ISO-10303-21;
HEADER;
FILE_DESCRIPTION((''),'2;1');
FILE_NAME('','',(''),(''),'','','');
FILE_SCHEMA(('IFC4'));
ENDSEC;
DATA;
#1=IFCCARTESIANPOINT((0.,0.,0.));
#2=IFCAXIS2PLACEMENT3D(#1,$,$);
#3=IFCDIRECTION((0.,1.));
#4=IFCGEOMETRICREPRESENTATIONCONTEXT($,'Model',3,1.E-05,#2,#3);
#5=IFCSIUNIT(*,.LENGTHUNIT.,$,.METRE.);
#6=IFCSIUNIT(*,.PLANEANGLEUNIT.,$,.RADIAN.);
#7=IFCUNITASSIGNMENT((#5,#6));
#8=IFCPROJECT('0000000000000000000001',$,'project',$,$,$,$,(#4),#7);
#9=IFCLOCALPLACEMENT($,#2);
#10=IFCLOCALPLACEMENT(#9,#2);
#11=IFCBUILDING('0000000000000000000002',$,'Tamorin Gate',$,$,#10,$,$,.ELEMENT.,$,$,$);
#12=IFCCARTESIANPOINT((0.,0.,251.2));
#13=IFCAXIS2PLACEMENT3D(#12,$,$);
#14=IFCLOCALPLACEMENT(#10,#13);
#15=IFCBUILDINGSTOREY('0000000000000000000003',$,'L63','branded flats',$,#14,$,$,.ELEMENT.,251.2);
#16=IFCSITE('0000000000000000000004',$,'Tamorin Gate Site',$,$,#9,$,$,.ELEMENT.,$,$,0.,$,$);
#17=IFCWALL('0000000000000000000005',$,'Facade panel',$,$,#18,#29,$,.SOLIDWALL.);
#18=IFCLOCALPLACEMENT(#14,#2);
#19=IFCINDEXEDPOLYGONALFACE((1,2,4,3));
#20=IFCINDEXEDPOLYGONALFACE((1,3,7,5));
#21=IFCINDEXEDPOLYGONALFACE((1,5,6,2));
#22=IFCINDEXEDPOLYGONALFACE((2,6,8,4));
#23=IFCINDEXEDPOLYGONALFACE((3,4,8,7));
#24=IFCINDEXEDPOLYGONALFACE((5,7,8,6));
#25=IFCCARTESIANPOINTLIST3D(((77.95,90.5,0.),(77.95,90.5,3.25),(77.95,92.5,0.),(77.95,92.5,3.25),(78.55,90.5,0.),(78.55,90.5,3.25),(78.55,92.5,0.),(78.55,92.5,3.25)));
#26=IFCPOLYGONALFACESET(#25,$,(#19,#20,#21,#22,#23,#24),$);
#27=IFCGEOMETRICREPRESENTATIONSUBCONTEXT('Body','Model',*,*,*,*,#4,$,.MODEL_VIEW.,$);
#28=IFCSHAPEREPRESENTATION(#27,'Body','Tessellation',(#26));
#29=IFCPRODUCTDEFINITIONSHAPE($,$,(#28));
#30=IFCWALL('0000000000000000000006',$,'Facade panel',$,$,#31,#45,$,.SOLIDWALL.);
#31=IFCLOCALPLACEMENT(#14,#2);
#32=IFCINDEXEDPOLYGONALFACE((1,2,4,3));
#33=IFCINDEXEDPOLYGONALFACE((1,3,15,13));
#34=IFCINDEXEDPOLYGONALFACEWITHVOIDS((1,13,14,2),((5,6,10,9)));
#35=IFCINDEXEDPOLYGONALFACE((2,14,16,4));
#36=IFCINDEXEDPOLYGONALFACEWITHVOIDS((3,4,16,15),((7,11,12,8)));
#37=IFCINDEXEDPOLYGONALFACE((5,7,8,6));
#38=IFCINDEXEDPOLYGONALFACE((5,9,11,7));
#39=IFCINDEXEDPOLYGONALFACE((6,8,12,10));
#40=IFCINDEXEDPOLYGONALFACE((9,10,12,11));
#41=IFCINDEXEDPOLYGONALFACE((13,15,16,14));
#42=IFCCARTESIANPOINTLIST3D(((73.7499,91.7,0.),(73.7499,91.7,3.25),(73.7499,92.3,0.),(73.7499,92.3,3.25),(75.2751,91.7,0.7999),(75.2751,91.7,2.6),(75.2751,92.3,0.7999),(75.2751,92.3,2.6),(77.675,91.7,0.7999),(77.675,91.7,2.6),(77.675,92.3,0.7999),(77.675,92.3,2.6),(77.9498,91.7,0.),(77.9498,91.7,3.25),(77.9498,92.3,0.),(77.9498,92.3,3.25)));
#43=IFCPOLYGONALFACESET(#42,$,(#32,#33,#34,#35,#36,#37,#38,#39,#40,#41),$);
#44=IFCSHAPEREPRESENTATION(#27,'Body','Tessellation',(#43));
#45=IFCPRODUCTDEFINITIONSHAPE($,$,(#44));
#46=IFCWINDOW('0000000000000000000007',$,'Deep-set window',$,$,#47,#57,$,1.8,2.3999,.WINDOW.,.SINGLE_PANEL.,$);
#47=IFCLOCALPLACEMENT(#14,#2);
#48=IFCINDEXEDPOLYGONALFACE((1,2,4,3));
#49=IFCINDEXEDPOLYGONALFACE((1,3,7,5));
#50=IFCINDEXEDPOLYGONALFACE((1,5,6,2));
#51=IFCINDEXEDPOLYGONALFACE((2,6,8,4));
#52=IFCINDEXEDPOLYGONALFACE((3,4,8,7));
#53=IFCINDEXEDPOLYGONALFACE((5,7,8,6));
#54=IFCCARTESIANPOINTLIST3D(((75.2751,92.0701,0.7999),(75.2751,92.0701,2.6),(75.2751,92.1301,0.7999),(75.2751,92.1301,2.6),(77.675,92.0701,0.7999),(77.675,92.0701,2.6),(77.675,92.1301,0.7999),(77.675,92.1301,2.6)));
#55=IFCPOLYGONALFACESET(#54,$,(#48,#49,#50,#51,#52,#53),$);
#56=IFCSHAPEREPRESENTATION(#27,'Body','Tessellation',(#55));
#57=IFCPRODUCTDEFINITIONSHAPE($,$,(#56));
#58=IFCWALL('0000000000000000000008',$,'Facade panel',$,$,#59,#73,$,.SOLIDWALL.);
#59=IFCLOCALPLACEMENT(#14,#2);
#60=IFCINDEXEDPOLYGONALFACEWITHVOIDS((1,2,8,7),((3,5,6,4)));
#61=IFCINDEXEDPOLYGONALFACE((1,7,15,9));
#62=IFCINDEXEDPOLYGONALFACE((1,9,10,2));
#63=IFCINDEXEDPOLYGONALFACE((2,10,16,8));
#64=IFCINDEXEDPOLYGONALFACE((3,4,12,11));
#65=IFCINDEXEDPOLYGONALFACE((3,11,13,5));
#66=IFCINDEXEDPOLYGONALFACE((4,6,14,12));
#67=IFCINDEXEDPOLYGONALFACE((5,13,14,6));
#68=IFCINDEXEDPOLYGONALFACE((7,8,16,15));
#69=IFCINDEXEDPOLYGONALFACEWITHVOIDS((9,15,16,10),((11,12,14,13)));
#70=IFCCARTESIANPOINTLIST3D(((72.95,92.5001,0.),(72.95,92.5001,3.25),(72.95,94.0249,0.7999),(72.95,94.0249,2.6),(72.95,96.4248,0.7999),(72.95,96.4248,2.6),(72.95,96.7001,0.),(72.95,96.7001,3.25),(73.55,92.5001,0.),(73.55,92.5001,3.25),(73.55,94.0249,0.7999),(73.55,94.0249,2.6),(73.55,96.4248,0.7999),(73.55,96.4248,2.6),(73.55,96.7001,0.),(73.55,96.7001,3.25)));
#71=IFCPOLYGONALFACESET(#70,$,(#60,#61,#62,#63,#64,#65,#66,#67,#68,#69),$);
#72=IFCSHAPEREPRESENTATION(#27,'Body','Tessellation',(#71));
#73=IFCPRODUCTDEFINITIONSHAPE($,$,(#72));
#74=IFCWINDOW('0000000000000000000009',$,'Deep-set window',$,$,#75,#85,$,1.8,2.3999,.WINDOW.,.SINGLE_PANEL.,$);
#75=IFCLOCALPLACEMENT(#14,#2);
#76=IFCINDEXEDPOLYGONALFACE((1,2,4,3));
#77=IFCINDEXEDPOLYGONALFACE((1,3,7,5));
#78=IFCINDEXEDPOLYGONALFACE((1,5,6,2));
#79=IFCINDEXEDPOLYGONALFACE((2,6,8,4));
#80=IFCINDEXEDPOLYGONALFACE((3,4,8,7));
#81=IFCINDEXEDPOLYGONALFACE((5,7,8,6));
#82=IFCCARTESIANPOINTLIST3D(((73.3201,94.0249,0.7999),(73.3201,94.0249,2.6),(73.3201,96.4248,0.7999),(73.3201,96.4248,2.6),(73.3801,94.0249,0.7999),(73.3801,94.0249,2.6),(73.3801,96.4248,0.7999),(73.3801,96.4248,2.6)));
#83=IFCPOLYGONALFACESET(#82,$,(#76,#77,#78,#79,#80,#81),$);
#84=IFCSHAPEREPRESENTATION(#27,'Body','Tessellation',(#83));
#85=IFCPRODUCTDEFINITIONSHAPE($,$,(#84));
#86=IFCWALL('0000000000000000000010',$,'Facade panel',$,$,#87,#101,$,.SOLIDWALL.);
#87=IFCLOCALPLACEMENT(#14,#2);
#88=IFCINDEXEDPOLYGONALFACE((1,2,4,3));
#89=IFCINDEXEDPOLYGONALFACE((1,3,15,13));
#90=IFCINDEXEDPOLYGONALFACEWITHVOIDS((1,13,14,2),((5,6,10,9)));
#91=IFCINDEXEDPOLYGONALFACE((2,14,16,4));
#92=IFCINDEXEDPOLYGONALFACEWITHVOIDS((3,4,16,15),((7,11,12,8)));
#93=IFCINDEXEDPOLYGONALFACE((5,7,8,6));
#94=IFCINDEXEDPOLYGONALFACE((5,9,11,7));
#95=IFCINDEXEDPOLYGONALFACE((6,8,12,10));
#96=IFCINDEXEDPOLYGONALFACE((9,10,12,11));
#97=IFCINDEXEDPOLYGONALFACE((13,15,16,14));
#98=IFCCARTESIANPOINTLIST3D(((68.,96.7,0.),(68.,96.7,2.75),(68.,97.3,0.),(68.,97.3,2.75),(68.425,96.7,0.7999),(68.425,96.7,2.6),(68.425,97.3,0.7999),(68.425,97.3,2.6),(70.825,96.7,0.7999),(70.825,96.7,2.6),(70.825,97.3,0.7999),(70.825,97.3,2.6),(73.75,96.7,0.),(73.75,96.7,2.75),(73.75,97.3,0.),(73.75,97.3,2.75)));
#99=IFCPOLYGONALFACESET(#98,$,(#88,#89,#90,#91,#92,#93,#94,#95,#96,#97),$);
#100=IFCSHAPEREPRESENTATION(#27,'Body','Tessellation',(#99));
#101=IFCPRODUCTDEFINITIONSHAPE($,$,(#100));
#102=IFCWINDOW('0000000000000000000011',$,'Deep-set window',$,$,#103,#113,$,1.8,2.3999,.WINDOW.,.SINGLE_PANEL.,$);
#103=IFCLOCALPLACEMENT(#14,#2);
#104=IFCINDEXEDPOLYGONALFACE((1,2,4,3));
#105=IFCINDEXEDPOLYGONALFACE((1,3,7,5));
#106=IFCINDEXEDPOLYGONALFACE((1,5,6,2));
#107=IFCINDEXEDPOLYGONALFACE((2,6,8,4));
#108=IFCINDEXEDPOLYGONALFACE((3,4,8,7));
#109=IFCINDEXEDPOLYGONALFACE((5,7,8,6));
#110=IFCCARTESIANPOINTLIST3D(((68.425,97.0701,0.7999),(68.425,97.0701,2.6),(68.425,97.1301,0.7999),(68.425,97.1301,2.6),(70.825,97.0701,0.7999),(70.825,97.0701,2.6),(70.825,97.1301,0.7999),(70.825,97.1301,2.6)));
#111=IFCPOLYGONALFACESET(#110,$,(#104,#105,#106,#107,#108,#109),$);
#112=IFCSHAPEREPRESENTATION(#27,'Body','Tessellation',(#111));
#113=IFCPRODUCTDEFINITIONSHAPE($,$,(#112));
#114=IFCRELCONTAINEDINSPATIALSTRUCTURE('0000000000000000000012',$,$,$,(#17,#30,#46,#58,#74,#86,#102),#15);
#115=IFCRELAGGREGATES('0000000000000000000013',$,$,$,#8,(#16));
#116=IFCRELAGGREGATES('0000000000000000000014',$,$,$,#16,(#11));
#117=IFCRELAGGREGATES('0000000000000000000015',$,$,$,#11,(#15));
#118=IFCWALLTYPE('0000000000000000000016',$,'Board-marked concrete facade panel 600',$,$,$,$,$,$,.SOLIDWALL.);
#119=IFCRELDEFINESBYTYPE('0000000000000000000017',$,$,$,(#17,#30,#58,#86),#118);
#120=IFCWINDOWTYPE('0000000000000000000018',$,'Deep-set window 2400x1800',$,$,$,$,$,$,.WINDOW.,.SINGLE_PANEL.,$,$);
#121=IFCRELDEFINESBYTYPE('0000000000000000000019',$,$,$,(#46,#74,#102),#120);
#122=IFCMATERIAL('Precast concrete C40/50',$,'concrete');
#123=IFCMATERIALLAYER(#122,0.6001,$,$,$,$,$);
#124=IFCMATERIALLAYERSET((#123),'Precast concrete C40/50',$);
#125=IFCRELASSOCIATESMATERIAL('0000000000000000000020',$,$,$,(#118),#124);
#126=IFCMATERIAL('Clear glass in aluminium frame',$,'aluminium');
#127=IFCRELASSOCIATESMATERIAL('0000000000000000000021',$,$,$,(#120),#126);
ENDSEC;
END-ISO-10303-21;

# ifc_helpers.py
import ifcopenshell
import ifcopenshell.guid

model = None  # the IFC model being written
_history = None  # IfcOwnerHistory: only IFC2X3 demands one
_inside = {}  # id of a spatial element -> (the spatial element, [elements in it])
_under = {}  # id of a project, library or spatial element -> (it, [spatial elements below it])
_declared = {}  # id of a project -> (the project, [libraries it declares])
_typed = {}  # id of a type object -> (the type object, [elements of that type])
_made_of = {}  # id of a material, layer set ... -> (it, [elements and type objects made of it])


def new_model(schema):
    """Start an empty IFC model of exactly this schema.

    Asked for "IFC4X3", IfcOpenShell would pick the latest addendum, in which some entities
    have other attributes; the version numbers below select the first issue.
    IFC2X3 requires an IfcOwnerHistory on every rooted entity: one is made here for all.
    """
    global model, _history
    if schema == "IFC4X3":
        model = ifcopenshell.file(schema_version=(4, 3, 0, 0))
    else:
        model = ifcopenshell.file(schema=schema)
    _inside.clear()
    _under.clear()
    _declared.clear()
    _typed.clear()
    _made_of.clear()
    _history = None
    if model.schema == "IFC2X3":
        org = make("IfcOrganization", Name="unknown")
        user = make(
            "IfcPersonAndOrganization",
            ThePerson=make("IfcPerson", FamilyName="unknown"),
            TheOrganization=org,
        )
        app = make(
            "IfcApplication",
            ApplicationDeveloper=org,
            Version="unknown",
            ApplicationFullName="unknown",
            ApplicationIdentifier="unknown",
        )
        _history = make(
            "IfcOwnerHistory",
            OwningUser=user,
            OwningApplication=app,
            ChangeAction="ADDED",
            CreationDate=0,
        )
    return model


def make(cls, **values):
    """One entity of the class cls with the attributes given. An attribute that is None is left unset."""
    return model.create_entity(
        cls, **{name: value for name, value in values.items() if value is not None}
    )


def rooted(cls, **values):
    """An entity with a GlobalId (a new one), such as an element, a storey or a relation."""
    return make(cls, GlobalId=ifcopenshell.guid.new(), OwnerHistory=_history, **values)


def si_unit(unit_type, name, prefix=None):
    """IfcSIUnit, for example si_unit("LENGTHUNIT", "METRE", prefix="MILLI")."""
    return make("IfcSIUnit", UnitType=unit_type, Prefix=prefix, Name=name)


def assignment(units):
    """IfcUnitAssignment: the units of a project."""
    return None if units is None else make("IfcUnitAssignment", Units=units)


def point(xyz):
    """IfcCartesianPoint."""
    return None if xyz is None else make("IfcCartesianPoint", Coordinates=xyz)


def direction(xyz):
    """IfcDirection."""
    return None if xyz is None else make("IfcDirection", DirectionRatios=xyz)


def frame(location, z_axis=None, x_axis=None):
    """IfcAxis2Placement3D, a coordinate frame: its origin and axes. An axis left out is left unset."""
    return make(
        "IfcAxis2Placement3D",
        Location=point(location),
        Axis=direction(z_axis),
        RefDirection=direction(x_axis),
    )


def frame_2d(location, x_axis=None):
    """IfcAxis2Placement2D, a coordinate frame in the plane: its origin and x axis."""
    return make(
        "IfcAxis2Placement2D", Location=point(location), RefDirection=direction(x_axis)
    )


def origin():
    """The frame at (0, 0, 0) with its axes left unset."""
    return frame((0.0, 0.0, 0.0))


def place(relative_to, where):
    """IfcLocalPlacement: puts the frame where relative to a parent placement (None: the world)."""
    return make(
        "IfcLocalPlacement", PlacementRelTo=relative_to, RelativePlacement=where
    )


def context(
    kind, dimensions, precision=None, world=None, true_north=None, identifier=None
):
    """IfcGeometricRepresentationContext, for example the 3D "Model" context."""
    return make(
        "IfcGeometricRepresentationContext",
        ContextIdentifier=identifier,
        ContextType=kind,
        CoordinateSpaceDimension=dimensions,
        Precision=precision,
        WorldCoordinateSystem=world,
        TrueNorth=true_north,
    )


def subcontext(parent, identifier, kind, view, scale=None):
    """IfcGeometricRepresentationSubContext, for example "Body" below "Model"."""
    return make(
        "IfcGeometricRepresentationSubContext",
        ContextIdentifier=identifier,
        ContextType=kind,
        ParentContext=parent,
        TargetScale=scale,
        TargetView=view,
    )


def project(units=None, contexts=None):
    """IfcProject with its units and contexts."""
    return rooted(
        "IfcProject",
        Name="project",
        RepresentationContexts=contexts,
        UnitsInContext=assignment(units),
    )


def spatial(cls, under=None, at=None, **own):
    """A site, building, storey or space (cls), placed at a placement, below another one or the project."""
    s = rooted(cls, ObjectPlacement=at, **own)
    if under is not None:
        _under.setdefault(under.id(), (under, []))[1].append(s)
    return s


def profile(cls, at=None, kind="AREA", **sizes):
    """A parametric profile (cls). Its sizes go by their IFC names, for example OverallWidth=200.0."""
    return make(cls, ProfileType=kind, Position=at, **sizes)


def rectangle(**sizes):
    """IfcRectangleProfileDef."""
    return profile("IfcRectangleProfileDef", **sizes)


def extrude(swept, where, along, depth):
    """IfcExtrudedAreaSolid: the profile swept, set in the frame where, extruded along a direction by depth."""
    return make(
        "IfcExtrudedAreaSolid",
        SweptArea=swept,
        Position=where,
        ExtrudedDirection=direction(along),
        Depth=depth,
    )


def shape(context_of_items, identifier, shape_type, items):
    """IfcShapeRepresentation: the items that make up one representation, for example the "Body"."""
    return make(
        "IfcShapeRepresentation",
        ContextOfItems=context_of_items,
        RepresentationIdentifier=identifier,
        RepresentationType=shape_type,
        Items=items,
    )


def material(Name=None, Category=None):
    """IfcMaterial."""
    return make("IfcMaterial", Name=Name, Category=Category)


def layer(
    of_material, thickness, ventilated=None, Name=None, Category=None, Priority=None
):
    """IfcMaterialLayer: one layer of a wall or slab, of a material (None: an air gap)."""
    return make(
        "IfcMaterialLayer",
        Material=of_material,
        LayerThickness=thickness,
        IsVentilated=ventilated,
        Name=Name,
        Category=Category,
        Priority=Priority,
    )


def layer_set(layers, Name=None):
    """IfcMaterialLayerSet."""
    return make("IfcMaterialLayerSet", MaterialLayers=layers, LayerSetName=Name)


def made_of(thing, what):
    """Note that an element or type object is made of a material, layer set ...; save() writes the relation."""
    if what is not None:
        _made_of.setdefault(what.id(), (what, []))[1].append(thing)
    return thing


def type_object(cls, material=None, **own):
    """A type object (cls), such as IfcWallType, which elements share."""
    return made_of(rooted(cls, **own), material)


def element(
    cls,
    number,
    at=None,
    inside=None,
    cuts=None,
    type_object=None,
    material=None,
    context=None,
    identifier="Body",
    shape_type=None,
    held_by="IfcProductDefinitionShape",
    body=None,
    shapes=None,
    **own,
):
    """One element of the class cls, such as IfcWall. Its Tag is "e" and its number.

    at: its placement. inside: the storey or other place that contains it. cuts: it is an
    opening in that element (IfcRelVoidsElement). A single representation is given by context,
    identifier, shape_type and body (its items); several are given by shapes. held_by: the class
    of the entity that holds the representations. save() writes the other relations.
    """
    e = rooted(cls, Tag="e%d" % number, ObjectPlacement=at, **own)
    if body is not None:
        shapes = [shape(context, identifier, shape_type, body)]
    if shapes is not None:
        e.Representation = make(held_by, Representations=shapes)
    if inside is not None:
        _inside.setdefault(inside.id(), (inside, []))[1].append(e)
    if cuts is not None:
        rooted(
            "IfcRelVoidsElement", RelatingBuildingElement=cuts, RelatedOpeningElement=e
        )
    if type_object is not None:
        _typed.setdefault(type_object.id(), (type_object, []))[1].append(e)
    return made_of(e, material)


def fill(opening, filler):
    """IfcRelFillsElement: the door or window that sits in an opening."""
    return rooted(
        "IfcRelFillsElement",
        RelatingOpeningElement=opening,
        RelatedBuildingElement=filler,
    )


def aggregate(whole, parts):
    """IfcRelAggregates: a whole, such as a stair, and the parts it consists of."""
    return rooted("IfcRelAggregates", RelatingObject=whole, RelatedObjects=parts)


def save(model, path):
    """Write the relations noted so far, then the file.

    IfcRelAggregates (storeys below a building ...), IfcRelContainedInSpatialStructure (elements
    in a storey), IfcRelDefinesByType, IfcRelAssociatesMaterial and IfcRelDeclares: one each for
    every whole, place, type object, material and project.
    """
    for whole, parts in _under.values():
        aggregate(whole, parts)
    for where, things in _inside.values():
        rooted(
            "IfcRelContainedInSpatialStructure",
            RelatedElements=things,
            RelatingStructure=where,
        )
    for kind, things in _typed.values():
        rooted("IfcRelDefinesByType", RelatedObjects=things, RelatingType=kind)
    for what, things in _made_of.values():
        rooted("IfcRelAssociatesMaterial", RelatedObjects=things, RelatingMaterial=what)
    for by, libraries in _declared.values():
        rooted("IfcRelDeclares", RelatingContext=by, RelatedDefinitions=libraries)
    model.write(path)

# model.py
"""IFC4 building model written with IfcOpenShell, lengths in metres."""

from ifc_helpers import new_model, si_unit, direction, frame, frame_2d, origin, place, context, subcontext, project, spatial, rectangle, extrude, material, layer, layer_set, type_object, element, fill, save


model = new_model("IFC4")

# Units and contexts
model_context = context("Model", 3, precision=1e-05, world=origin(), true_north=direction((0.0, 1.0)))
body_context = subcontext(model_context, "Body", "Model", "MODEL_VIEW")
ifc_project = project(units=[si_unit("LENGTHUNIT", "METRE"), si_unit("PLANEANGLEUNIT", "RADIAN")], contexts=[model_context])

# Site, building, storey
site_placement = place(None, origin())
site = spatial("IfcSite", under=ifc_project, at=site_placement, Name="Tamorin Gate Site", CompositionType="ELEMENT", RefElevation=0.0)
building_placement = place(site_placement, origin())
building = spatial("IfcBuilding", under=site, at=building_placement, Name="Tamorin Gate", CompositionType="ELEMENT")
storey_placement = place(building_placement, frame((0.0, 0.0, 251.2)))
storey = spatial("IfcBuildingStorey", under=building, at=storey_placement, Name="L63", Description="branded flats", CompositionType="ELEMENT", Elevation=251.2)

# Shared definitions
ifc_material_1 = material(Name="Precast concrete C40/50", Category="concrete")
ifc_layer = layer(ifc_material_1, 0.6001)
ifc_layer_set = layer_set([ifc_layer], Name="Precast concrete C40/50")
wall_type = type_object("IfcWallType", Name="Board-marked concrete facade panel 600", PredefinedType="SOLIDWALL", material=ifc_layer_set)
ifc_material_2 = material(Name="Clear glass in aluminium frame", Category="aluminium")
window_type = type_object("IfcWindowType", Name="Deep-set window 2400x1800", PartitioningType="SINGLE_PANEL", PredefinedType="WINDOW", material=ifc_material_2)

# Wall
wall_1_placement = place(storey_placement, frame((78.25, 90.5, 0.0), z_axis=(0.0, 0.0, 1.0), x_axis=(0.0, 1.0, 0.0)))
element("IfcWall", 1, at=wall_1_placement, inside=storey, type_object=wall_type, Name="Facade panel", PredefinedType="SOLIDWALL", context=body_context, shape_type="SweptSolid", body=[
    extrude(rectangle(XDim=2.0, YDim=0.6001, at=frame_2d((1.0, 0.0))), origin(), (0.0, 0.0, 1.0), 3.25),
])

# Walls, openings, windows
wall_2_placement = place(storey_placement, frame((77.95, 92.0, 0.0), z_axis=(0.0, 0.0, 1.0), x_axis=(-1.0, 0.0, 0.0)))
wall_2 = element("IfcWall", 2, at=wall_2_placement, inside=storey, type_object=wall_type, Name="Facade panel", PredefinedType="SOLIDWALL", context=body_context, shape_type="SweptSolid", body=[
    extrude(rectangle(XDim=4.2, YDim=0.6001, at=frame_2d((2.1001, 0.0))), origin(), (0.0, 0.0, 1.0), 3.25),
])
opening_1_placement = place(wall_2_placement, frame((0.2749, 0.0, 0.8)))
opening_1 = element("IfcOpeningElement", 3, at=opening_1_placement, cuts=wall_2, PredefinedType="OPENING", context=body_context, shape_type="SweptSolid", body=[
    extrude(rectangle(XDim=2.3999, YDim=1.8, at=frame_2d((1.2, 0.8999))), frame((0.0, 0.3101, 0.0), z_axis=(0.0, -1.0, 0.0), x_axis=(1.0, 0.0, 0.0)), (0.0, 0.0, 1.0), 0.6201),
])
window_1_placement = place(opening_1_placement, origin())
window_1 = element("IfcWindow", 4, at=window_1_placement, inside=storey, type_object=window_type, Name="Deep-set window", OverallHeight=1.8, OverallWidth=2.3999, PartitioningType="SINGLE_PANEL", PredefinedType="WINDOW", context=body_context, shape_type="SweptSolid", body=[
    extrude(rectangle(XDim=2.3999, YDim=1.8, at=frame_2d((1.2, 0.8999))), frame((0.0, -0.0701, 0.0), z_axis=(0.0, -1.0, 0.0), x_axis=(1.0, 0.0, 0.0)), (0.0, 0.0, 1.0), 0.0601),
])
fill(opening_1, window_1)
wall_3_placement = place(storey_placement, frame((73.25, 92.5, 0.0), z_axis=(0.0, 0.0, 1.0), x_axis=(0.0, 1.0, 0.0)))
wall_3 = element("IfcWall", 5, at=wall_3_placement, inside=storey, type_object=wall_type, Name="Facade panel", PredefinedType="SOLIDWALL", context=body_context, shape_type="SweptSolid", body=[
    extrude(rectangle(XDim=4.2, YDim=0.6001, at=frame_2d((2.1001, 0.0))), origin(), (0.0, 0.0, 1.0), 3.25),
])
opening_2_placement = place(wall_3_placement, frame((1.5249, 0.0, 0.8)))
opening_2 = element("IfcOpeningElement", 6, at=opening_2_placement, cuts=wall_3, PredefinedType="OPENING", context=body_context, shape_type="SweptSolid", body=[
    extrude(rectangle(XDim=2.3999, YDim=1.8, at=frame_2d((1.2, 0.8999))), frame((0.0, 0.3101, 0.0), z_axis=(0.0, -1.0, 0.0), x_axis=(1.0, 0.0, 0.0)), (0.0, 0.0, 1.0), 0.6201),
])
window_2_placement = place(opening_2_placement, origin())
window_2 = element("IfcWindow", 7, at=window_2_placement, inside=storey, type_object=window_type, Name="Deep-set window", OverallHeight=1.8, OverallWidth=2.3999, PartitioningType="SINGLE_PANEL", PredefinedType="WINDOW", context=body_context, shape_type="SweptSolid", body=[
    extrude(rectangle(XDim=2.3999, YDim=1.8, at=frame_2d((1.2, 0.8999))), frame((0.0, -0.0701, 0.0), z_axis=(0.0, -1.0, 0.0), x_axis=(1.0, 0.0, 0.0)), (0.0, 0.0, 1.0), 0.0601),
])
fill(opening_2, window_2)
wall_4_placement = place(storey_placement, frame((73.75, 97.0, 0.0), z_axis=(0.0, 0.0, 1.0), x_axis=(-1.0, 0.0, 0.0)))
wall_4 = element("IfcWall", 8, at=wall_4_placement, inside=storey, type_object=wall_type, Name="Facade panel", PredefinedType="SOLIDWALL", context=body_context, shape_type="SweptSolid", body=[
    extrude(rectangle(XDim=5.75, YDim=0.6001, at=frame_2d((2.875, 0.0))), origin(), (0.0, 0.0, 1.0), 2.75),
])
opening_3_placement = place(wall_4_placement, frame((2.925, 0.0, 0.8)))
opening_3 = element("IfcOpeningElement", 9, at=opening_3_placement, cuts=wall_4, PredefinedType="OPENING", context=body_context, shape_type="SweptSolid", body=[
    extrude(rectangle(XDim=2.3999, YDim=1.8, at=frame_2d((1.2, 0.8999))), frame((0.0, 0.3101, 0.0), z_axis=(0.0, -1.0, 0.0), x_axis=(1.0, 0.0, 0.0)), (0.0, 0.0, 1.0), 0.6201),
])
window_3_placement = place(opening_3_placement, origin())
window_3 = element("IfcWindow", 10, at=window_3_placement, inside=storey, type_object=window_type, Name="Deep-set window", OverallHeight=1.8, OverallWidth=2.3999, PartitioningType="SINGLE_PANEL", PredefinedType="WINDOW", context=body_context, shape_type="SweptSolid", body=[
    extrude(rectangle(XDim=2.3999, YDim=1.8, at=frame_2d((1.2, 0.8999))), frame((0.0, -0.0701, 0.0), z_axis=(0.0, -1.0, 0.0), x_axis=(1.0, 0.0, 0.0)), (0.0, 0.0, 1.0), 0.0601),
])
fill(opening_3, window_3)

save(model, "model.ifc")
